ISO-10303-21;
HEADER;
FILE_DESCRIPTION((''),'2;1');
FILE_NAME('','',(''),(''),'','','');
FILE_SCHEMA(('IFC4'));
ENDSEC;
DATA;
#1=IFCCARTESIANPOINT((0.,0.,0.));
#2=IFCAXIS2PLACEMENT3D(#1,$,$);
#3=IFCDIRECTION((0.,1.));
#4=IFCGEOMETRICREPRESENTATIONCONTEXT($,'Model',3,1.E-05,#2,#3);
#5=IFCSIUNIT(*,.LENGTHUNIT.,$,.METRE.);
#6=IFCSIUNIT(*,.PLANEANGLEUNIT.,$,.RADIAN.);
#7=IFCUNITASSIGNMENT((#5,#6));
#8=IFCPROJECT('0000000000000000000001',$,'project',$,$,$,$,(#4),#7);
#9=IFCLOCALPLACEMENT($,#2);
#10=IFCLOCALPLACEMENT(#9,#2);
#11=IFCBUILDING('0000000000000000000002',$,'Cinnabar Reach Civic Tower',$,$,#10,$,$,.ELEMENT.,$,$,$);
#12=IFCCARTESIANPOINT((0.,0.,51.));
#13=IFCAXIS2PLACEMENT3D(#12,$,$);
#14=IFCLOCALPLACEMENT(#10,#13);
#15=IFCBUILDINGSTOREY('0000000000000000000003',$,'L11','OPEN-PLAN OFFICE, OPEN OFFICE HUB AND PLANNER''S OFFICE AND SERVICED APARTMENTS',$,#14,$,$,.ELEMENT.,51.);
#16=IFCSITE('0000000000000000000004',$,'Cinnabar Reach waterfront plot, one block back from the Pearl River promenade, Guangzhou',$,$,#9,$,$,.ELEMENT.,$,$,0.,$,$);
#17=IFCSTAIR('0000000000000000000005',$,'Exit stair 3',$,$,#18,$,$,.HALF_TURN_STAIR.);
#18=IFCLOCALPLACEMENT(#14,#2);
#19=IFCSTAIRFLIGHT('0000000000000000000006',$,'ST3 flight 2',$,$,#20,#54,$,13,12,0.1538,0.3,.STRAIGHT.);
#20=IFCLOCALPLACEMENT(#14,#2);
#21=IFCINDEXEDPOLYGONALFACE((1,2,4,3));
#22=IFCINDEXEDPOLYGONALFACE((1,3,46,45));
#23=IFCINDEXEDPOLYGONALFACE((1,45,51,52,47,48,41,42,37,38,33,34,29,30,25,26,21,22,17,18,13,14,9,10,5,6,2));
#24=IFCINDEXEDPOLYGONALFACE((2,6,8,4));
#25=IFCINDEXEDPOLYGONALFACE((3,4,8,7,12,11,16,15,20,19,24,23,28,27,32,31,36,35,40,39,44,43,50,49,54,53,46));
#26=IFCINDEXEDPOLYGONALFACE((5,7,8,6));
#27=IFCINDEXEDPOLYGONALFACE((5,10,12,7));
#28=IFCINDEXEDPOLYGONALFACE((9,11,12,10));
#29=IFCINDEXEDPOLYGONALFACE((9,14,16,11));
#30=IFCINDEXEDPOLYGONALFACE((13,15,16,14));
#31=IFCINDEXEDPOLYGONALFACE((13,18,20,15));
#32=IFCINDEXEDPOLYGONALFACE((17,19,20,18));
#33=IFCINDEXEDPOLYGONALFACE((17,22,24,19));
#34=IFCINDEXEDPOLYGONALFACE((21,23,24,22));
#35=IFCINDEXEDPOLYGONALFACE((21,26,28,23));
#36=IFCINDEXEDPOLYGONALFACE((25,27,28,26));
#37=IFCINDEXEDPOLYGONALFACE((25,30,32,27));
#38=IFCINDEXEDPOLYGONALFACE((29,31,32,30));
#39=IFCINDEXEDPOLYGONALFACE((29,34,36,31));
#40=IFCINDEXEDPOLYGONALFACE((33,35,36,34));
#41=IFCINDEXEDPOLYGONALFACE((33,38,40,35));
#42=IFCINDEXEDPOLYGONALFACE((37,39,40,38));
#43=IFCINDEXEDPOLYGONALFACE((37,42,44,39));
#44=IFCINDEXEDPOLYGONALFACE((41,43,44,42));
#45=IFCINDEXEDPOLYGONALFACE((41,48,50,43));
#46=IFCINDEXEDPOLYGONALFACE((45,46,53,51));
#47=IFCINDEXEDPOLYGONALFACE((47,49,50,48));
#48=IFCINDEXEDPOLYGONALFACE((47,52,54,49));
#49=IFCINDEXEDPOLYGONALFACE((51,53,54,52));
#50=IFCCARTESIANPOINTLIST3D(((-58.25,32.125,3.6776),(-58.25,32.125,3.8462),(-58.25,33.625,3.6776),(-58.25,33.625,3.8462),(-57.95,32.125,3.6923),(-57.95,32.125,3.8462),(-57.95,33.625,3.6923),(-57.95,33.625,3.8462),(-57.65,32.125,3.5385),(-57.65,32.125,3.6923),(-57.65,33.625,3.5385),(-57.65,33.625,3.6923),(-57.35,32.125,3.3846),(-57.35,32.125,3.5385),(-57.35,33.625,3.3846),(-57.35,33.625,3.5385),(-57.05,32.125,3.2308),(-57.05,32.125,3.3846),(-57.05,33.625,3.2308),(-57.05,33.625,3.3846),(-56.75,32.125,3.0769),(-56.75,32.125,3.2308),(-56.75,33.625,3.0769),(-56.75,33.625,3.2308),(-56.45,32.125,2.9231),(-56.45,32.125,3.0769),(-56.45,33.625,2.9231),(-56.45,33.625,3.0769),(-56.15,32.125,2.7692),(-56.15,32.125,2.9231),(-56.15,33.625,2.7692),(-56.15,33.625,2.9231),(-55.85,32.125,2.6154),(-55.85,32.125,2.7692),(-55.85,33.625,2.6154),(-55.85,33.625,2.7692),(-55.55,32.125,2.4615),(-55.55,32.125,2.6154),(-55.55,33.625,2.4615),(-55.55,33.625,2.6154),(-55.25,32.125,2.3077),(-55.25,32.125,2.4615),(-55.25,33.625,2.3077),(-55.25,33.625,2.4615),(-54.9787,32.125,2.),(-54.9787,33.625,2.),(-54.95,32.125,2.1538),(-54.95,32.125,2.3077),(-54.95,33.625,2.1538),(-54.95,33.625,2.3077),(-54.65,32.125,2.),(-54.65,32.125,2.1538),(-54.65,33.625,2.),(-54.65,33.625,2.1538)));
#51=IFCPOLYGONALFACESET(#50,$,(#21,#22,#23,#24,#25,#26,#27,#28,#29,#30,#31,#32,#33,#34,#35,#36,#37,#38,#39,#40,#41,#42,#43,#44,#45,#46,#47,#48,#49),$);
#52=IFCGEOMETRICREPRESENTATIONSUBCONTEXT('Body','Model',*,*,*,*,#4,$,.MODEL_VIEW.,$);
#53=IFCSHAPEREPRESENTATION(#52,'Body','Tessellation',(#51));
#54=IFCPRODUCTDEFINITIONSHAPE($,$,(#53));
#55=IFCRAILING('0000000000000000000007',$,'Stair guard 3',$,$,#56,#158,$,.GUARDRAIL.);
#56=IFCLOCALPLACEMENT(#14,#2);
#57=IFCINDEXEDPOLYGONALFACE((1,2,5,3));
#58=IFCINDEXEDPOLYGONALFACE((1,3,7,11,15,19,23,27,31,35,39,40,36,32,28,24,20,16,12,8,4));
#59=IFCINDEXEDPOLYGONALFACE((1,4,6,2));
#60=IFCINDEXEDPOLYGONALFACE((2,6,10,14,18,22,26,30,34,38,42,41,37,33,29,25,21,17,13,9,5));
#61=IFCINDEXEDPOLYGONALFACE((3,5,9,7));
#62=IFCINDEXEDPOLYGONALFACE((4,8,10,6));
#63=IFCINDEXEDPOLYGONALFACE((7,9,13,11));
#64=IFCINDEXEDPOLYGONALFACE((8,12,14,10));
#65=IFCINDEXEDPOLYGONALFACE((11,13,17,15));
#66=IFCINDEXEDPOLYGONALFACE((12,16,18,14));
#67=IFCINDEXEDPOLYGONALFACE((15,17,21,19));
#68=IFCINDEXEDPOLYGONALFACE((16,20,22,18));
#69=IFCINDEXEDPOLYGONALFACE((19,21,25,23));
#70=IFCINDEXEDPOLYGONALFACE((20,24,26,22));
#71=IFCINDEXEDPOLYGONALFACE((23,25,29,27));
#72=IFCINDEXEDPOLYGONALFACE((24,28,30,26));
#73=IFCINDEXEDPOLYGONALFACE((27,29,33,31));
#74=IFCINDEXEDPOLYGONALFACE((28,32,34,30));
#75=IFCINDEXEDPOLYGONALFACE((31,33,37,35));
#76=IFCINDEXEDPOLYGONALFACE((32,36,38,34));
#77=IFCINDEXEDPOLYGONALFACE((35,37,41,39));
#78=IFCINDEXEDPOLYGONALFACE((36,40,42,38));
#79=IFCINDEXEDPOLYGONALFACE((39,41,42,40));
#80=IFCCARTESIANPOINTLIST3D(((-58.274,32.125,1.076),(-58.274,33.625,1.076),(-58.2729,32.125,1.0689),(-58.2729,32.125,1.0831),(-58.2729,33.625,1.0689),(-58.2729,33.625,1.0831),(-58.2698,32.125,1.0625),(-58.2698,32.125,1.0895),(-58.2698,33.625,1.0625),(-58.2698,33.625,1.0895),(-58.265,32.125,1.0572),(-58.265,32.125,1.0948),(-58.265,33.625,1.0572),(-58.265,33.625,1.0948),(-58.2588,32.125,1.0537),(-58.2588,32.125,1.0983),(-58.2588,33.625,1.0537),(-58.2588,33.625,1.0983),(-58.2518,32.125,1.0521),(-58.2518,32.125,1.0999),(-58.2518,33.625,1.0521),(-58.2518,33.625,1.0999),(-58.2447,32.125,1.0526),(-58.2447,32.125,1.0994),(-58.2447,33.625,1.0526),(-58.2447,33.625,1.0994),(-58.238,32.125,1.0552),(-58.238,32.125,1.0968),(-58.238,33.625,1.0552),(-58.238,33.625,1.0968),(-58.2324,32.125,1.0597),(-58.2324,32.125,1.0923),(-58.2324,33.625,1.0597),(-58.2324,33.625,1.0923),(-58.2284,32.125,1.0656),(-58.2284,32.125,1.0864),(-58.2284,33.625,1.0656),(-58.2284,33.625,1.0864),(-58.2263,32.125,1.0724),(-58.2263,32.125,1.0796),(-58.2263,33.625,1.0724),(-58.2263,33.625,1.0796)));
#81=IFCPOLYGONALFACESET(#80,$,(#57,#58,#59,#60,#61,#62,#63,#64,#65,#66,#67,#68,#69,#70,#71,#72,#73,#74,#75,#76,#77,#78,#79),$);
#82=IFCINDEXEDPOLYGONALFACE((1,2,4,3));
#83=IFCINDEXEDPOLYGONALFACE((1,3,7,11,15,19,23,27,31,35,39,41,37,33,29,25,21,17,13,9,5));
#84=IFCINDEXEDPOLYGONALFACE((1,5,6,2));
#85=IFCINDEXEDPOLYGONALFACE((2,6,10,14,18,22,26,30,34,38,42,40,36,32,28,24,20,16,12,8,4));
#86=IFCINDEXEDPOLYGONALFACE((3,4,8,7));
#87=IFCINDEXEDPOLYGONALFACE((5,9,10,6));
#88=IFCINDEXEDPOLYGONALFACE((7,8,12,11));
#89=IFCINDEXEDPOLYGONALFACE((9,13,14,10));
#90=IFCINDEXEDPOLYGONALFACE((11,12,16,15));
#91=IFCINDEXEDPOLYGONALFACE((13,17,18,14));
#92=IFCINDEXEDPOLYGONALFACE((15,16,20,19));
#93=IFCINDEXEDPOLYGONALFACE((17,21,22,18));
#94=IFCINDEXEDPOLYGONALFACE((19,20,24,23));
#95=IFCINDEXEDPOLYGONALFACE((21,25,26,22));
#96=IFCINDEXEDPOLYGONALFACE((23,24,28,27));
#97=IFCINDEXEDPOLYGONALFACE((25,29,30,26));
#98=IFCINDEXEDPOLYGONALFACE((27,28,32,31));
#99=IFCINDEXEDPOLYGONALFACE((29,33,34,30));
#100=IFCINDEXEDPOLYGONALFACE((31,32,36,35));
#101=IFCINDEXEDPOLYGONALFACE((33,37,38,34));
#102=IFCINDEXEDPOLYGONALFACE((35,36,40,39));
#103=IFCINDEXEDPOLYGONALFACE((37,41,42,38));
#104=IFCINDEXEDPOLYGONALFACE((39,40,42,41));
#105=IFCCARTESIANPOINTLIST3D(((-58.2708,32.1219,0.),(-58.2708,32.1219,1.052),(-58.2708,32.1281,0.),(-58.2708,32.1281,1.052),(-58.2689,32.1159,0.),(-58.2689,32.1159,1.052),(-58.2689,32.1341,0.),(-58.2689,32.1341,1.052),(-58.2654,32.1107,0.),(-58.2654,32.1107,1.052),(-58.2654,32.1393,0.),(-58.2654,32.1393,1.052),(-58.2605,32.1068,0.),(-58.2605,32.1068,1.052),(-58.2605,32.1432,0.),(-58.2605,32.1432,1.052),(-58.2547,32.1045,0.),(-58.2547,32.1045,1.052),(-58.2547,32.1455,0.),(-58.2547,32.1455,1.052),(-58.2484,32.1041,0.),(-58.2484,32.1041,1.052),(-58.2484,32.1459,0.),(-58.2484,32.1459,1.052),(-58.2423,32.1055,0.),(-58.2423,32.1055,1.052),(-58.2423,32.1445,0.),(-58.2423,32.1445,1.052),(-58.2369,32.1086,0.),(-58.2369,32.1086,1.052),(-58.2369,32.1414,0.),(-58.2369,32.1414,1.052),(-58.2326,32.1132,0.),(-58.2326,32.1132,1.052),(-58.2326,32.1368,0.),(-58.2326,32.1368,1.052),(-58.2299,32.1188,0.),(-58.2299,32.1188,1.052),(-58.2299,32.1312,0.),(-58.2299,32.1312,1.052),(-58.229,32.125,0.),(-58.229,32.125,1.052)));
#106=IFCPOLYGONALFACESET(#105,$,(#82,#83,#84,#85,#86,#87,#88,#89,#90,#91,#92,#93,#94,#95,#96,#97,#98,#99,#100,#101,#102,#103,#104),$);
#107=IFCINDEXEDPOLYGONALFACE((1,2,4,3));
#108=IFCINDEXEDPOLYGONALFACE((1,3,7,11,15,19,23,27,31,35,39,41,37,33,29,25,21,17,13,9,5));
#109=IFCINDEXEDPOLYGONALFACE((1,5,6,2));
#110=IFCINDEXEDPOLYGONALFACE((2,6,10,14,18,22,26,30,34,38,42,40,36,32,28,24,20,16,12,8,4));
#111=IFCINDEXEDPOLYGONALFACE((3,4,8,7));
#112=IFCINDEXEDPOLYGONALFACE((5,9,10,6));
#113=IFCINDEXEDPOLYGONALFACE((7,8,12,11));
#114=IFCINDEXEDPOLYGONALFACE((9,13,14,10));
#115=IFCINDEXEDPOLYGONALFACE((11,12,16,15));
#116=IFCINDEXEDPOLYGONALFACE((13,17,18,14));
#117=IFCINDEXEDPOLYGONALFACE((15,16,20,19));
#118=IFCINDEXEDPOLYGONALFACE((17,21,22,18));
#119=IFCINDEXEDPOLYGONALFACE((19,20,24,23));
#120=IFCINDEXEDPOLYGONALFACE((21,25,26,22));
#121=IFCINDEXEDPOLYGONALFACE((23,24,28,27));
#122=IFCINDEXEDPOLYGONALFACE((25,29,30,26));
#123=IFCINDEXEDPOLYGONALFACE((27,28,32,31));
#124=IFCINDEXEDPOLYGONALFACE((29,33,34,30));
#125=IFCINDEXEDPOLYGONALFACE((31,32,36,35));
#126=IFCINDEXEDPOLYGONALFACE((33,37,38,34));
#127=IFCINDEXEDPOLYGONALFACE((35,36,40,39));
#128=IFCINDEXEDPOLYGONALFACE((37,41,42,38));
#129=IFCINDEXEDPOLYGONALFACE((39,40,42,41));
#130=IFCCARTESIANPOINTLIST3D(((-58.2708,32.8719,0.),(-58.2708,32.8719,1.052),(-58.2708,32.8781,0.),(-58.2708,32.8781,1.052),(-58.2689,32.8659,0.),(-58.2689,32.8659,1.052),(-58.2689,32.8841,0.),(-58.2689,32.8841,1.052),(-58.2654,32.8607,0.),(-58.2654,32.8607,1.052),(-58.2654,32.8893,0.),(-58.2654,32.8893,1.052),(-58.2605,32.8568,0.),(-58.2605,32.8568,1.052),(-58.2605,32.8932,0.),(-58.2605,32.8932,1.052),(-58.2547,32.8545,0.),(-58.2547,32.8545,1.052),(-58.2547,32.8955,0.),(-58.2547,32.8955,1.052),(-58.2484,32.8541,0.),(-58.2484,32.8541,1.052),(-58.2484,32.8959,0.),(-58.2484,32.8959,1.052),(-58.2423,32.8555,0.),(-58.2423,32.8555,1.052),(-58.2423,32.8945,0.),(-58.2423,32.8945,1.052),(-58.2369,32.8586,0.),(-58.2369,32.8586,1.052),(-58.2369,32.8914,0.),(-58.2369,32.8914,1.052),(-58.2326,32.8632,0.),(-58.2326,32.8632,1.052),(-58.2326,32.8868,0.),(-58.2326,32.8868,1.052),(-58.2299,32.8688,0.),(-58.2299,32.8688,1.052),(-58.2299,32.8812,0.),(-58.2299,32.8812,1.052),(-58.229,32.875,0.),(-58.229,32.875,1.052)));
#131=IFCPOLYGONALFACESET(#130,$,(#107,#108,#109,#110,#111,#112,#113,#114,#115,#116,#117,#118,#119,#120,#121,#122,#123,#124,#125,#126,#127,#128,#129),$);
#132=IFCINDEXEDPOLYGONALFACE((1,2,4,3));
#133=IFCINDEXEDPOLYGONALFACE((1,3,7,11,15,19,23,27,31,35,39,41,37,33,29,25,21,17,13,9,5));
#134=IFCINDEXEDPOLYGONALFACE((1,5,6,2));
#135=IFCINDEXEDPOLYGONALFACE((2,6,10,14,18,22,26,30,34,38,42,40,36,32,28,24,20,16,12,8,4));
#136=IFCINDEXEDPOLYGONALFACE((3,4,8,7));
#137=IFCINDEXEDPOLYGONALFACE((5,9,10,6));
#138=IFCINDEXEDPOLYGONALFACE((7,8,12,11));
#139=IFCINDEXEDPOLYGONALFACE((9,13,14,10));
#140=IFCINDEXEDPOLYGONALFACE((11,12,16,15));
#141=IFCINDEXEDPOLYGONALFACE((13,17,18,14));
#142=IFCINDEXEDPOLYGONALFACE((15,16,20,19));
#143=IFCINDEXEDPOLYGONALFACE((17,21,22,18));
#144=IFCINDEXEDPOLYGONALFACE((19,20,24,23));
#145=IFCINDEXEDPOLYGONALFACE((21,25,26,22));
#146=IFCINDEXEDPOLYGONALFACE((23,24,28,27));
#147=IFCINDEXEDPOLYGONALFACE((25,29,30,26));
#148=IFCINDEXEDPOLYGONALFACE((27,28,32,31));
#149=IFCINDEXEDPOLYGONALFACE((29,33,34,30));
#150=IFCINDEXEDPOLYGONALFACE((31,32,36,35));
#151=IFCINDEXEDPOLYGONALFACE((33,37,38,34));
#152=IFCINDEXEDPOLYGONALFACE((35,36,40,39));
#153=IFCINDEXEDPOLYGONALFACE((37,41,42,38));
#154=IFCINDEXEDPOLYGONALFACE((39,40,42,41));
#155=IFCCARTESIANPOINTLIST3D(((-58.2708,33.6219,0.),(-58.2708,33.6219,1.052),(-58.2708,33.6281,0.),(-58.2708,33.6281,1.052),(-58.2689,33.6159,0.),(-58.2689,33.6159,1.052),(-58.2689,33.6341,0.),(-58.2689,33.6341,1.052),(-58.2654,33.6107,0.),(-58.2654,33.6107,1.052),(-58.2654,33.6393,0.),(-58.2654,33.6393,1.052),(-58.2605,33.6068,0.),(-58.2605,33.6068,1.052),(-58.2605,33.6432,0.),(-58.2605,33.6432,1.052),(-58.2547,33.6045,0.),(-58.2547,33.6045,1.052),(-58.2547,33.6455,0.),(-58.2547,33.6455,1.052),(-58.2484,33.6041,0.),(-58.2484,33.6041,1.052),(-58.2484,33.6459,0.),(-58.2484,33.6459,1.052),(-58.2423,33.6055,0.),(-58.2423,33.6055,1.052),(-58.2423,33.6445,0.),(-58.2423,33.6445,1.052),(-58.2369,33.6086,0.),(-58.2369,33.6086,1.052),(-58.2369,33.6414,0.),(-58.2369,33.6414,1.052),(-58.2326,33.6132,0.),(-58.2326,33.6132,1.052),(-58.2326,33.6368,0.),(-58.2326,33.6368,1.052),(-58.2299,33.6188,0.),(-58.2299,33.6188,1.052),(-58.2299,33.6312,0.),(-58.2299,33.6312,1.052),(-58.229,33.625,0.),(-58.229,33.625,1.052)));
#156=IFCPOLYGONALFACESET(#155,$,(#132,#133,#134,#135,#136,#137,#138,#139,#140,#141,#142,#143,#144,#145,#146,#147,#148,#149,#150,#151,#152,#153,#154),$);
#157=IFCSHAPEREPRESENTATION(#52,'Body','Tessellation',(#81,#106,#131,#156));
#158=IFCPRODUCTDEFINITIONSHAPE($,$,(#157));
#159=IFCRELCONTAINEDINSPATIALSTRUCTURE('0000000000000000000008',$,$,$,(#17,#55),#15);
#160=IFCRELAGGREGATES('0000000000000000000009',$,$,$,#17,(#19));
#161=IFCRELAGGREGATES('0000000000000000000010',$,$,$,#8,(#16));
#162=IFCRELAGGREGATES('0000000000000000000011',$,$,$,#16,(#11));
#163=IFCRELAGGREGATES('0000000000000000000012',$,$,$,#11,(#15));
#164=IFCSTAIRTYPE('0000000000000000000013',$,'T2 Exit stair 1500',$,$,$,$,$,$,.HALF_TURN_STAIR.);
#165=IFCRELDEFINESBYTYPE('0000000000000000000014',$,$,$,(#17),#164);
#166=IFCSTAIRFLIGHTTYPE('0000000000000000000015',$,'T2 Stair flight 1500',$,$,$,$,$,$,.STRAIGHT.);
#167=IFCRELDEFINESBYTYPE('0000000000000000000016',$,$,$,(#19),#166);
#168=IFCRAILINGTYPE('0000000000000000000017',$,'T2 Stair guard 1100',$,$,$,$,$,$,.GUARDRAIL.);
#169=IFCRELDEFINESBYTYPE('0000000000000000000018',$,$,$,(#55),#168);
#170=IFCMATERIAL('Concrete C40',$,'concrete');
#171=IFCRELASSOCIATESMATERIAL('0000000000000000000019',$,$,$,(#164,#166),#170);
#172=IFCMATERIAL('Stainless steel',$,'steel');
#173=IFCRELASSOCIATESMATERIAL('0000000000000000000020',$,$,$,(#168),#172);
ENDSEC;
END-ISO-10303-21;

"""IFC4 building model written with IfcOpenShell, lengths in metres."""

from ifc_helpers import new_model, si_unit, direction, frame, origin, origin_2d, place, context, subcontext, project, spatial, polyline, circle, outline, extrude, material, type_object, element, aggregate, save


model = new_model("IFC4")

# Units and contexts
model_context = context("Model", 3, precision=1e-05, world=origin(), true_north=direction((0.0, 1.0)))
body_context = subcontext(model_context, "Body", "Model", "MODEL_VIEW")
ifc_project = project(units=[si_unit("LENGTHUNIT", "METRE"), si_unit("PLANEANGLEUNIT", "RADIAN")], contexts=[model_context])

# Site, building, storey
site_placement = place(None, origin())
site = spatial("IfcSite", under=ifc_project, at=site_placement, Name="Cinnabar Reach waterfront plot, one block back from the Pearl River promenade, Guangzhou", CompositionType="ELEMENT", RefElevation=0.0)
building_placement = place(site_placement, origin())
building = spatial("IfcBuilding", under=site, at=building_placement, Name="Cinnabar Reach Civic Tower", CompositionType="ELEMENT")
storey_placement = place(building_placement, frame((0.0, 0.0, 51.0)))
storey = spatial("IfcBuildingStorey", under=building, at=storey_placement, Name="L11", Description="OPEN-PLAN OFFICE, OPEN OFFICE HUB AND PLANNER'S OFFICE AND SERVICED APARTMENTS", CompositionType="ELEMENT", Elevation=51.0)

# Stair, stair flight
ifc_material_1 = material(Name="Concrete C40", Category="concrete")
stair_type = type_object("IfcStairType", Name="T2 Exit stair 1500", PredefinedType="HALF_TURN_STAIR", material=ifc_material_1)
stair_placement = place(storey_placement, origin())
stair = element("IfcStair", 1, at=stair_placement, inside=storey, type_object=stair_type, Name="Exit stair 3", PredefinedType="HALF_TURN_STAIR")
stair_flight_type = type_object("IfcStairFlightType", Name="T2 Stair flight 1500", PredefinedType="STRAIGHT", material=ifc_material_1)
stair_flight_placement = place(storey_placement, frame((-54.65, 32.875, 2.0), z_axis=(0.0, 0.0, 1.0), x_axis=(-1.0, 0.0, 0.0)))
stair_flight = element("IfcStairFlight", 2, at=stair_flight_placement, type_object=stair_flight_type, Name="ST3 flight 2", NumberOfRisers=13, NumberOfTreads=12, PredefinedType="STRAIGHT", RiserHeight=0.1538, TreadLength=0.3, context=body_context, shape_type="SweptSolid", body=[
    extrude(outline(polyline([(0.0, 0.0), (0.0, 0.1538), (0.3, 0.1538), (0.3, 0.3077), (0.6, 0.3077), (0.6, 0.4615), (0.9, 0.4615), (0.9, 0.6154), (1.2, 0.6154), (1.2, 0.7692), (1.5, 0.7692), (1.5, 0.9231), (1.8, 0.9231), (1.8, 1.0769), (2.1, 1.0769), (2.1, 1.2308), (2.4, 1.2308), (2.4, 1.3846), (2.7, 1.3846), (2.7, 1.5385), (3.0, 1.5385), (3.0, 1.6923), (3.3, 1.6923), (3.3, 1.8462), (3.6, 1.8462), (3.6, 2.0), (3.6, 1.6776), (0.3287, 0.0), (0.0, 0.0)])), frame((0.0, 0.75, 0.0), z_axis=(0.0, -1.0, 0.0), x_axis=(1.0, 0.0, 0.0)), (0.0, 0.0, 1.0), 1.5),
])
aggregate(stair, [stair_flight])

# Railing
ifc_material_2 = material(Name="Stainless steel", Category="steel")
railing_type = type_object("IfcRailingType", Name="T2 Stair guard 1100", PredefinedType="GUARDRAIL", material=ifc_material_2)
railing_1_placement = place(storey_placement, frame((-58.25, 32.125, 0.0)))
element("IfcRailing", 3, at=railing_1_placement, inside=storey, type_object=railing_type, Name="Stair guard 3", PredefinedType="GUARDRAIL", context=body_context, shape_type="SweptSolid", body=[
    extrude(circle(Radius=0.024, at=origin_2d()), frame((0.0, 0.0, 1.076), z_axis=(0.0, 1.0, 0.0), x_axis=(-1.0, 0.0, 0.0)), (0.0, 0.0, 1.0), 1.5),
    extrude(circle(Radius=0.021, at=origin_2d()), origin(), (0.0, 0.0, 1.0), 1.052),
    extrude(circle(Radius=0.021, at=origin_2d()), frame((0.0, 0.75, 0.0)), (0.0, 0.0, 1.0), 1.052),
    extrude(circle(Radius=0.021, at=origin_2d()), frame((0.0, 1.5, 0.0)), (0.0, 0.0, 1.0), 1.052),
])

save(model, "model.ifc")
